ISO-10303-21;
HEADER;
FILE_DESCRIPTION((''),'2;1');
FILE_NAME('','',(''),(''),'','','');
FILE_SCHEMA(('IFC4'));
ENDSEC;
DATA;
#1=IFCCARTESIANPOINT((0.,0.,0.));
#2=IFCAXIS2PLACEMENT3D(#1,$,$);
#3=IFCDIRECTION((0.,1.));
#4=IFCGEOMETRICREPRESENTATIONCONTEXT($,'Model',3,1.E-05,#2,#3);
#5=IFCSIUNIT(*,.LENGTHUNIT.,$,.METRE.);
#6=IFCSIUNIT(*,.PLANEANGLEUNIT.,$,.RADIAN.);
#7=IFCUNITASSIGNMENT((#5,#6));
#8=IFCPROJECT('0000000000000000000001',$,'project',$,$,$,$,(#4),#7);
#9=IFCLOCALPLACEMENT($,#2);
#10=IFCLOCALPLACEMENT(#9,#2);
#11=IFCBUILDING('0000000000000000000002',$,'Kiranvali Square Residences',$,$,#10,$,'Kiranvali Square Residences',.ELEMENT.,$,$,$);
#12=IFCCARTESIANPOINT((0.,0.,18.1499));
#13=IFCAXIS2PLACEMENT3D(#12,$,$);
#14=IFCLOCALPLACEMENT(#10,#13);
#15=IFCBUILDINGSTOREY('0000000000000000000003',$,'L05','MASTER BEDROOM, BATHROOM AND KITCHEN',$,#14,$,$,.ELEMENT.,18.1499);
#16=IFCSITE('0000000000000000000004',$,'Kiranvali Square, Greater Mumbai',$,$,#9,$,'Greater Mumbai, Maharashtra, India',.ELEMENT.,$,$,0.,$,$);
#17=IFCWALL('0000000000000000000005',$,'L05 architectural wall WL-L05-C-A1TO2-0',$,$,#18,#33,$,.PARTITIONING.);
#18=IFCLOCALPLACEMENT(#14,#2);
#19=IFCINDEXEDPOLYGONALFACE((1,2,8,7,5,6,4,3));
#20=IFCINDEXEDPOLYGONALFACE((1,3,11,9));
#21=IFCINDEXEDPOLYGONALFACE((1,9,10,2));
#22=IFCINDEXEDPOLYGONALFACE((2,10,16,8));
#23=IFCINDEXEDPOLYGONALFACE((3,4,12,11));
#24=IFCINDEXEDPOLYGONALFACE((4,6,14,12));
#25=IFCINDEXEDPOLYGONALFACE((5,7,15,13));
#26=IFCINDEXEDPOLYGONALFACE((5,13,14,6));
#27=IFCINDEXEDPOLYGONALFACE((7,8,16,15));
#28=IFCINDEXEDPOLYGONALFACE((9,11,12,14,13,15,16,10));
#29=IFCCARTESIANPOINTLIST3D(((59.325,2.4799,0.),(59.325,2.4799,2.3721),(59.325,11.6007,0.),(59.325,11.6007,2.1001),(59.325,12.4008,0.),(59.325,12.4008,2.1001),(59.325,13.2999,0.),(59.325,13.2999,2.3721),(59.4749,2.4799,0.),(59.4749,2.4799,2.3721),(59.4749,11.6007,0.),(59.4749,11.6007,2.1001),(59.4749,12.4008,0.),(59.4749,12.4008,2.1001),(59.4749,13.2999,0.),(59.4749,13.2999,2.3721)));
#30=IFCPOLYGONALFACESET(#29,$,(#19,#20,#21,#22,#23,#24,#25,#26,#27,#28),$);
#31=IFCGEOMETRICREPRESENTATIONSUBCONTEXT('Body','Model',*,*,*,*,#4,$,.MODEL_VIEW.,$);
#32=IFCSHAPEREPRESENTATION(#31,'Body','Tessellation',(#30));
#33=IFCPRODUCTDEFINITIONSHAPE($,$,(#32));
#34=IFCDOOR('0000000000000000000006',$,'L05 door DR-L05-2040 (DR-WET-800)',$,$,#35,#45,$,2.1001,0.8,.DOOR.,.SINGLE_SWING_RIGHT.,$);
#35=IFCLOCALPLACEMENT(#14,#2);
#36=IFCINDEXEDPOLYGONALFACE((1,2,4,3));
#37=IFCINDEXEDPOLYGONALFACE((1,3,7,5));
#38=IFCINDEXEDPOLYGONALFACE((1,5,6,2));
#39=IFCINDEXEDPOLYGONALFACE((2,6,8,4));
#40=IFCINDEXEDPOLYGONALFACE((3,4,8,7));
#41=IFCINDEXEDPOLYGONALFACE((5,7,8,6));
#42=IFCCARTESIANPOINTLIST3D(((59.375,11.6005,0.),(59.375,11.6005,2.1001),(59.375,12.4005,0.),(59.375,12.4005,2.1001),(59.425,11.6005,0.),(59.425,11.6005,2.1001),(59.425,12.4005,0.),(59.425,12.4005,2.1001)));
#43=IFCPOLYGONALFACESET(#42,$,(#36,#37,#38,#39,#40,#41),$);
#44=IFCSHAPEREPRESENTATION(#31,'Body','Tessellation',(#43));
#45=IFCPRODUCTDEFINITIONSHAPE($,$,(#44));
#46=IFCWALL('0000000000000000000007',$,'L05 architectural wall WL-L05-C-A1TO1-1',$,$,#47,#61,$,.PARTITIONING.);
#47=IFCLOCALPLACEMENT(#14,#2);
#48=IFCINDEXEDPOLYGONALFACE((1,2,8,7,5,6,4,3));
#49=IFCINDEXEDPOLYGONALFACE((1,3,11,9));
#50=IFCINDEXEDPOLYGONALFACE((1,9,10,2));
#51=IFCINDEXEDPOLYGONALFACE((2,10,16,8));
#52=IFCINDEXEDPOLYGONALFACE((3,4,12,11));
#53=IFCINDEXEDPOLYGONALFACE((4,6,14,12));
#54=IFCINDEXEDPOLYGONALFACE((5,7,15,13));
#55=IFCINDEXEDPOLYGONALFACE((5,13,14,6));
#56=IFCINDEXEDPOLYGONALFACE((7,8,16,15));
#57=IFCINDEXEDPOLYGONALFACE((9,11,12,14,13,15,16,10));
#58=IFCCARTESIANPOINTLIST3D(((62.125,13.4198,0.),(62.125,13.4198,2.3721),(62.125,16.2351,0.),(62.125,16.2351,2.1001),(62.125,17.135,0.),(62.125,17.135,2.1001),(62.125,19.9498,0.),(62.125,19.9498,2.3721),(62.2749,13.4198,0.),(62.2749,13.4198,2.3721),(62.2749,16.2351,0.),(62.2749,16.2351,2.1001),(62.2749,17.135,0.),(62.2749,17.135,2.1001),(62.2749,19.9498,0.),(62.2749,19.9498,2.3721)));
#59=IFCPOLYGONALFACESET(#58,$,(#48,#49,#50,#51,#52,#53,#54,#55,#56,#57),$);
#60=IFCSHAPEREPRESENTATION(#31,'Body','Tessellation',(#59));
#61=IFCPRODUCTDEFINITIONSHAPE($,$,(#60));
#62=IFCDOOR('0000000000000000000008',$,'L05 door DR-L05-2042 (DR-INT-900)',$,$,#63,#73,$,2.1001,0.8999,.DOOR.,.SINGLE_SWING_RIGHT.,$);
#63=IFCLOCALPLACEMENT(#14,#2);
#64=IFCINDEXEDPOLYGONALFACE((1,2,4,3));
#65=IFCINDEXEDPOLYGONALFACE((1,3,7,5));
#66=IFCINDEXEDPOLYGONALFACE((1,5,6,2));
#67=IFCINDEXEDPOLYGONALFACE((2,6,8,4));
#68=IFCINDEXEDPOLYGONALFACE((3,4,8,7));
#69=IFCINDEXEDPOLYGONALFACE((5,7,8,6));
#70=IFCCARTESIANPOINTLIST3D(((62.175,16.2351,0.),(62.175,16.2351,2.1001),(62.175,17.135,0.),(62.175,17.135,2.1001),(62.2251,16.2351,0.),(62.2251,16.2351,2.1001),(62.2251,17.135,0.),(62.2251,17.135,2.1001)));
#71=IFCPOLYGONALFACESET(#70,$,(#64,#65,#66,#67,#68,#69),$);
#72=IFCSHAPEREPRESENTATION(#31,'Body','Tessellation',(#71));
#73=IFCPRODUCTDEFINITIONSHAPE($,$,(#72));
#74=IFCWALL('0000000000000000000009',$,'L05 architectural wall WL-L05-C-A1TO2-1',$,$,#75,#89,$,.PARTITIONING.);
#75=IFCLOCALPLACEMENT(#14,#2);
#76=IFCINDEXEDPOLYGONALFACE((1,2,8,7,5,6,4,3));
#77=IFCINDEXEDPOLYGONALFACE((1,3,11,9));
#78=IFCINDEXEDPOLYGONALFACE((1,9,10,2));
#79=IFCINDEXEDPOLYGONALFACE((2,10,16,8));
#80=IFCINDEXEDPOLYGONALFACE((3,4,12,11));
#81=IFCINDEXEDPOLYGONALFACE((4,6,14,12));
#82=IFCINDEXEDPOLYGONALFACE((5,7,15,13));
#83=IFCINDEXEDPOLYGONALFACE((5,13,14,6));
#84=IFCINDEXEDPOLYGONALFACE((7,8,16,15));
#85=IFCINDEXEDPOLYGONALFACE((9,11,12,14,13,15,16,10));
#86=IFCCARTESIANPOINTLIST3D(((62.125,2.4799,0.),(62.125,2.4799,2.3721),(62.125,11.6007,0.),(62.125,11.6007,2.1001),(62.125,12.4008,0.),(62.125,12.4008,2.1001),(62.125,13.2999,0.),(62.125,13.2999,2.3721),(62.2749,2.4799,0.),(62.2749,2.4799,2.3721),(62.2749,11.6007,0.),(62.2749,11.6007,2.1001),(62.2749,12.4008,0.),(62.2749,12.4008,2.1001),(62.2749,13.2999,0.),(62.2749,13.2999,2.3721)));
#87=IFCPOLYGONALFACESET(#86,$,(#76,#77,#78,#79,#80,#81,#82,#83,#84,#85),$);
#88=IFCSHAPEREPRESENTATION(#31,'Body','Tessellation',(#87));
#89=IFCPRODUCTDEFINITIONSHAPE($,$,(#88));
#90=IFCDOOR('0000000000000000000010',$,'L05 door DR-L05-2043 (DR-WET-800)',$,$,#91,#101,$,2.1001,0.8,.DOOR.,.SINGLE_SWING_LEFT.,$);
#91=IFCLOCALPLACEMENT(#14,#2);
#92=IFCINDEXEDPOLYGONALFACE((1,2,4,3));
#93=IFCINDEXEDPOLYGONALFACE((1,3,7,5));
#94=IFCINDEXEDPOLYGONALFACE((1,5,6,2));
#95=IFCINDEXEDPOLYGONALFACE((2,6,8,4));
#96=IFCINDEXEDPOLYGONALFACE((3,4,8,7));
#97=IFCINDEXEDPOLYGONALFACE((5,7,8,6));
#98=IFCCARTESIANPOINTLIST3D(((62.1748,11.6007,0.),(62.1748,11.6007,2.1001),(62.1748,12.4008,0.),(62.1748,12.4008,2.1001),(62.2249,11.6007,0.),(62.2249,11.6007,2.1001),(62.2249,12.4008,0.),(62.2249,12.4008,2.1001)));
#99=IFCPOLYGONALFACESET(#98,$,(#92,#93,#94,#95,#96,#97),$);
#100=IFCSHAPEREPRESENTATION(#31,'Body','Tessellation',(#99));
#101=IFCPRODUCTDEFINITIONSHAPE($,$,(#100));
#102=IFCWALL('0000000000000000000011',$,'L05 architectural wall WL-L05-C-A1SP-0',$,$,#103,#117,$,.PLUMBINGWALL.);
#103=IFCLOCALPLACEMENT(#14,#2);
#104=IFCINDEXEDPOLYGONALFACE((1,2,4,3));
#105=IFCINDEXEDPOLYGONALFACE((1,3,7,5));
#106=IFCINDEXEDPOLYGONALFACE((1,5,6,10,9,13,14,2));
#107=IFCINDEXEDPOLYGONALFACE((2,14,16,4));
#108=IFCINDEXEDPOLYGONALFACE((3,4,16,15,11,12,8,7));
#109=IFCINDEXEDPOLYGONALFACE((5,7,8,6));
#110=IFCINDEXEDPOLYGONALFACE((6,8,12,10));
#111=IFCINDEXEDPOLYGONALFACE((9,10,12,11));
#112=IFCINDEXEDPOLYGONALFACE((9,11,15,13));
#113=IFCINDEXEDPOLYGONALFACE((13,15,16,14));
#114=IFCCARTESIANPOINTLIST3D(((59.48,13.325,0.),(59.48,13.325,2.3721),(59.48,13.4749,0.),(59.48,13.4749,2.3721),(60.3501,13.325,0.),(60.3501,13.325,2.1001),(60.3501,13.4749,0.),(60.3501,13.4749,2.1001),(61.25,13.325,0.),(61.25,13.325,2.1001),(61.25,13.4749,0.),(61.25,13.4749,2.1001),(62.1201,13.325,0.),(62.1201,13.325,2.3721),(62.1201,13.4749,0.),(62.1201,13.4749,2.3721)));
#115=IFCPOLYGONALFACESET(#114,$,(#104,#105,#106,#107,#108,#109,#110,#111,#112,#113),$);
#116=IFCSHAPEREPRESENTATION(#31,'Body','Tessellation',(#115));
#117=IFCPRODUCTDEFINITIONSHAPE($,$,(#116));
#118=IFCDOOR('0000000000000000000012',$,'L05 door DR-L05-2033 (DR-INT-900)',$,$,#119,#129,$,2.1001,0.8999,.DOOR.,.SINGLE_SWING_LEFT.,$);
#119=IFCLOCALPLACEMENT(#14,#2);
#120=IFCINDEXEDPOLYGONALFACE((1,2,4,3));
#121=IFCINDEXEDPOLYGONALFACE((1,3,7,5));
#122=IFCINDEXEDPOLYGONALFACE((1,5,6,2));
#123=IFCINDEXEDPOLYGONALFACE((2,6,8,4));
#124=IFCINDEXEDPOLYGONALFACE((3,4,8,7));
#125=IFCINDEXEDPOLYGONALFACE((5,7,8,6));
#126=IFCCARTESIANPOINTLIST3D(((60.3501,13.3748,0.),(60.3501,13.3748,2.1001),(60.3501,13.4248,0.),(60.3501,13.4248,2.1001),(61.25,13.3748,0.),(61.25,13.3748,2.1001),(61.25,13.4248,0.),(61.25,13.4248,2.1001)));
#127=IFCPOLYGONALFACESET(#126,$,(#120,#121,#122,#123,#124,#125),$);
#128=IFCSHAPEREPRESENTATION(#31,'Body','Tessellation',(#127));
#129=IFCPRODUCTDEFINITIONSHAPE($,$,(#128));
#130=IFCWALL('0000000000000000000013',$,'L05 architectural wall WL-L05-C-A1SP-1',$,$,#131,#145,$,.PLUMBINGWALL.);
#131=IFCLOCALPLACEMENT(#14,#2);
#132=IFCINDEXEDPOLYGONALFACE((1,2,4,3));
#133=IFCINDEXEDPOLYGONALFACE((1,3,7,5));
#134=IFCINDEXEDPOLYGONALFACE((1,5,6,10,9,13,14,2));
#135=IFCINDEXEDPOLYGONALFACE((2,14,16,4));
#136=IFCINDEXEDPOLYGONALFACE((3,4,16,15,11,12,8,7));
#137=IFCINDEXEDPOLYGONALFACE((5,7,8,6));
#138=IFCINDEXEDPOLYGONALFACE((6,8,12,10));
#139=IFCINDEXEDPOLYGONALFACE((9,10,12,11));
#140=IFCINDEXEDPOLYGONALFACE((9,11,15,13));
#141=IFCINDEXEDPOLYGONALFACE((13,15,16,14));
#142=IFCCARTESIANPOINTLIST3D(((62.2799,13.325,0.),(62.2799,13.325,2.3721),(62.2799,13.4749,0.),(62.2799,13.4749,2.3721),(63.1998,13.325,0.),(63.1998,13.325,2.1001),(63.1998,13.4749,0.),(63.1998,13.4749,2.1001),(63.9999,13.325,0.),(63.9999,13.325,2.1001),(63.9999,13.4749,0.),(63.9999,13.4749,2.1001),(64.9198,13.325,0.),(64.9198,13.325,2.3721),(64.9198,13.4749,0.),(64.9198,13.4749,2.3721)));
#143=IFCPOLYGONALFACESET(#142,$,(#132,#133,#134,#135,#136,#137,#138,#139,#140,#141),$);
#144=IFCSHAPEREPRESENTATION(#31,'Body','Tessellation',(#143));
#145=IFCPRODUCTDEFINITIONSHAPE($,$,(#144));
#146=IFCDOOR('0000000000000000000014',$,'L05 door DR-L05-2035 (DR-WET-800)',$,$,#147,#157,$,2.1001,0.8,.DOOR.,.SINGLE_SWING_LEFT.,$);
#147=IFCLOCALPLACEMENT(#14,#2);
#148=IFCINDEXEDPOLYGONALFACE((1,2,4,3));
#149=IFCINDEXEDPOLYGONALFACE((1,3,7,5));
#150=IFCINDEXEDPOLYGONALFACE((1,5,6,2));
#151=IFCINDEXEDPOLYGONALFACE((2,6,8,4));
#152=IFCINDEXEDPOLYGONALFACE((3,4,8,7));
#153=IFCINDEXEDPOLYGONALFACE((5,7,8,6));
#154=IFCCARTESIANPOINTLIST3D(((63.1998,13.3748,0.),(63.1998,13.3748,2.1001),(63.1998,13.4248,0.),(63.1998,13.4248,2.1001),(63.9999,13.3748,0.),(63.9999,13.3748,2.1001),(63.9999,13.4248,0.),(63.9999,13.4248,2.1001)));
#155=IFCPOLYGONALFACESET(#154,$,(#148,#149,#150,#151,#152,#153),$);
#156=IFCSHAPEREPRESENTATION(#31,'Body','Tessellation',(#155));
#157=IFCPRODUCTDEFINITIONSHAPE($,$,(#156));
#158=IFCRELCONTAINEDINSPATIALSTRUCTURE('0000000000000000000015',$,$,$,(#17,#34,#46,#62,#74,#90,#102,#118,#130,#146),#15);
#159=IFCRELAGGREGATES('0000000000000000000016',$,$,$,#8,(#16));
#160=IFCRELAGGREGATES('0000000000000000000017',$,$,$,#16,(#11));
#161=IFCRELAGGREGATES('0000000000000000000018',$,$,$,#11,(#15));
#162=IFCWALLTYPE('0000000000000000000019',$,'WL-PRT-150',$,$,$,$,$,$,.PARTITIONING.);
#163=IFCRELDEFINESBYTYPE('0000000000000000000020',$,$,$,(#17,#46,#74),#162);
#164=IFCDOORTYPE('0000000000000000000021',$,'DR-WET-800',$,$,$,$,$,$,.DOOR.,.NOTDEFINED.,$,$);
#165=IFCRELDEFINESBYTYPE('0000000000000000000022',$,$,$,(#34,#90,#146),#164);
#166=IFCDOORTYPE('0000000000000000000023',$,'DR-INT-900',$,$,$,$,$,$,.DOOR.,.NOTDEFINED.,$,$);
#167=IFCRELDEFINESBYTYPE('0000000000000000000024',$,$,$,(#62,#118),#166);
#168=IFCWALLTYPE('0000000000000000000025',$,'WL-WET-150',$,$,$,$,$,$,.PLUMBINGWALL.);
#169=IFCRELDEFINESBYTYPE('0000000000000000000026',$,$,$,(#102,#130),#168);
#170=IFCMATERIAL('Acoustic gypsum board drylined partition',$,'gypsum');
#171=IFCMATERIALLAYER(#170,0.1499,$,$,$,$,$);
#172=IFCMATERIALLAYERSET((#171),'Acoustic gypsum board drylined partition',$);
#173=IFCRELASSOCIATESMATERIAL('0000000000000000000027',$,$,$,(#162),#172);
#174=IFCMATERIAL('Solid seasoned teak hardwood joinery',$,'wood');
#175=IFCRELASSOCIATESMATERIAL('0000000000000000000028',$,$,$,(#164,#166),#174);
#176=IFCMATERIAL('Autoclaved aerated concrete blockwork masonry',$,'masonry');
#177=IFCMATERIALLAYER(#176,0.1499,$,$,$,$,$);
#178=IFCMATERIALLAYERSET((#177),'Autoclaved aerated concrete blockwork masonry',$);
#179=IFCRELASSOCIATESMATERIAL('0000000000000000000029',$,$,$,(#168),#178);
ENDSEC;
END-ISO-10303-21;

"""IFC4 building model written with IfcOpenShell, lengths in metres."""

from ifc_helpers import new_model, si_unit, direction, frame, frame_2d, origin, place, context, subcontext, project, spatial, rectangle, extrude, material, layer, layer_set, type_object, element, fill, save


model = new_model("IFC4")

# Units and contexts
model_context = context("Model", 3, precision=1e-05, world=origin(), true_north=direction((0.0, 1.0)))
body_context = subcontext(model_context, "Body", "Model", "MODEL_VIEW")
ifc_project = project(units=[si_unit("LENGTHUNIT", "METRE"), si_unit("PLANEANGLEUNIT", "RADIAN")], contexts=[model_context])

# Site, building, storey
site_placement = place(None, origin())
site = spatial("IfcSite", under=ifc_project, at=site_placement, Name="Kiranvali Square, Greater Mumbai", LongName="Greater Mumbai, Maharashtra, India", CompositionType="ELEMENT", RefElevation=0.0)
building_placement = place(site_placement, origin())
building = spatial("IfcBuilding", under=site, at=building_placement, Name="Kiranvali Square Residences", LongName="Kiranvali Square Residences", CompositionType="ELEMENT")
storey_placement = place(building_placement, frame((0.0, 0.0, 18.1499)))
storey = spatial("IfcBuildingStorey", under=building, at=storey_placement, Name="L05", Description="MASTER BEDROOM, BATHROOM AND KITCHEN", CompositionType="ELEMENT", Elevation=18.1499)

# Shared definitions
ifc_material_1 = material(Name="Autoclaved aerated concrete blockwork masonry", Category="masonry")

# Walls, openings, doors
ifc_material_2 = material(Name="Acoustic gypsum board drylined partition", Category="gypsum")
ifc_layer_1 = layer(ifc_material_2, 0.1499)
ifc_layer_set_1 = layer_set([ifc_layer_1], Name="Acoustic gypsum board drylined partition")
wall_type_1 = type_object("IfcWallType", Name="WL-PRT-150", PredefinedType="PARTITIONING", material=ifc_layer_set_1)
wall_1_placement = place(storey_placement, frame((59.3999, 13.3, 0.0), z_axis=(0.0, 0.0, 1.0), x_axis=(0.0, -1.0, 0.0)))
wall_1 = element("IfcWall", 1, at=wall_1_placement, inside=storey, type_object=wall_type_1, Name="L05 architectural wall WL-L05-C-A1TO2-0", PredefinedType="PARTITIONING", context=body_context, shape_type="SweptSolid", body=[
    extrude(rectangle(XDim=10.8201, YDim=0.1499, at=frame_2d((5.4102, 0.0))), origin(), (0.0, 0.0, 1.0), 2.3721),
])
opening_1_placement = place(wall_1_placement, frame((0.8994, 0.0, 0.0)))
opening_1 = element("IfcOpeningElement", 2, at=opening_1_placement, cuts=wall_1, PredefinedType="OPENING", context=body_context, shape_type="SweptSolid", body=[
    extrude(rectangle(XDim=0.8, YDim=2.1001, at=frame_2d((0.3999, 1.05))), frame((0.0, 0.085, 0.0), z_axis=(0.0, -1.0, 0.0), x_axis=(1.0, 0.0, 0.0)), (0.0, 0.0, 1.0), 0.1699),
])
ifc_material_3 = material(Name="Solid seasoned teak hardwood joinery", Category="wood")
door_type_1 = type_object("IfcDoorType", Name="DR-WET-800", OperationType="NOTDEFINED", PredefinedType="DOOR", material=ifc_material_3)
door_1_placement = place(opening_1_placement, frame((0.8, 0.0, 0.0), z_axis=(0.0, 0.0, 1.0), x_axis=(-1.0, 0.0, 0.0)))
door_1 = element("IfcDoor", 3, at=door_1_placement, inside=storey, type_object=door_type_1, Name="L05 door DR-L05-2040 (DR-WET-800)", OperationType="SINGLE_SWING_RIGHT", OverallHeight=2.1001, OverallWidth=0.8, PredefinedType="DOOR", context=body_context, shape_type="SweptSolid", body=[
    extrude(rectangle(XDim=0.8, YDim=2.1001, at=frame_2d((0.3999, 1.05))), frame((0.0, 0.0249, 0.0), z_axis=(0.0, -1.0, 0.0), x_axis=(1.0, 0.0, 0.0)), (0.0, 0.0, 1.0), 0.05),
])
fill(opening_1, door_1)
wall_2_placement = place(storey_placement, frame((62.2, 19.95, 0.0), z_axis=(0.0, 0.0, 1.0), x_axis=(0.0, -1.0, 0.0)))
wall_2 = element("IfcWall", 4, at=wall_2_placement, inside=storey, type_object=wall_type_1, Name="L05 architectural wall WL-L05-C-A1TO1-1", PredefinedType="PARTITIONING", context=body_context, shape_type="SweptSolid", body=[
    extrude(rectangle(XDim=6.53, YDim=0.1499, at=frame_2d((3.2651, 0.0))), origin(), (0.0, 0.0, 1.0), 2.3721),
])
opening_2_placement = place(wall_2_placement, frame((2.8149, 0.0, 0.0)))
opening_2 = element("IfcOpeningElement", 5, at=opening_2_placement, cuts=wall_2, PredefinedType="OPENING", context=body_context, shape_type="SweptSolid", body=[
    extrude(rectangle(XDim=0.8999, YDim=2.1001, at=frame_2d((0.45, 1.05))), frame((0.0, 0.085, 0.0), z_axis=(0.0, -1.0, 0.0), x_axis=(1.0, 0.0, 0.0)), (0.0, 0.0, 1.0), 0.1699),
])
door_type_2 = type_object("IfcDoorType", Name="DR-INT-900", OperationType="NOTDEFINED", PredefinedType="DOOR", material=ifc_material_3)
door_2_placement = place(opening_2_placement, frame((0.8999, 0.0, 0.0), z_axis=(0.0, 0.0, 1.0), x_axis=(-1.0, 0.0, 0.0)))
door_2 = element("IfcDoor", 6, at=door_2_placement, inside=storey, type_object=door_type_2, Name="L05 door DR-L05-2042 (DR-INT-900)", OperationType="SINGLE_SWING_RIGHT", OverallHeight=2.1001, OverallWidth=0.8999, PredefinedType="DOOR", context=body_context, shape_type="SweptSolid", body=[
    extrude(rectangle(XDim=0.8999, YDim=2.1001, at=frame_2d((0.45, 1.05))), frame((0.0, 0.0249, 0.0), z_axis=(0.0, -1.0, 0.0), x_axis=(1.0, 0.0, 0.0)), (0.0, 0.0, 1.0), 0.05),
])
fill(opening_2, door_2)
wall_3_placement = place(storey_placement, frame((62.2, 13.3, 0.0), z_axis=(0.0, 0.0, 1.0), x_axis=(0.0, -1.0, 0.0)))
wall_3 = element("IfcWall", 7, at=wall_3_placement, inside=storey, type_object=wall_type_1, Name="L05 architectural wall WL-L05-C-A1TO2-1", PredefinedType="PARTITIONING", context=body_context, shape_type="SweptSolid", body=[
    extrude(rectangle(XDim=10.8201, YDim=0.1499, at=frame_2d((5.4102, 0.0))), origin(), (0.0, 0.0, 1.0), 2.3721),
])
opening_3_placement = place(wall_3_placement, frame((0.8994, 0.0, 0.0)))
opening_3 = element("IfcOpeningElement", 8, at=opening_3_placement, cuts=wall_3, PredefinedType="OPENING", context=body_context, shape_type="SweptSolid", body=[
    extrude(rectangle(XDim=0.8, YDim=2.1001, at=frame_2d((0.3999, 1.05))), frame((0.0, 0.085, 0.0), z_axis=(0.0, -1.0, 0.0), x_axis=(1.0, 0.0, 0.0)), (0.0, 0.0, 1.0), 0.1699),
])
door_3_placement = place(opening_3_placement, origin())
door_3 = element("IfcDoor", 9, at=door_3_placement, inside=storey, type_object=door_type_1, Name="L05 door DR-L05-2043 (DR-WET-800)", OperationType="SINGLE_SWING_LEFT", OverallHeight=2.1001, OverallWidth=0.8, PredefinedType="DOOR", context=body_context, shape_type="SweptSolid", body=[
    extrude(rectangle(XDim=0.8, YDim=2.1001, at=frame_2d((0.3999, 1.05))), frame((0.0, 0.0249, 0.0), z_axis=(0.0, -1.0, 0.0), x_axis=(1.0, 0.0, 0.0)), (0.0, 0.0, 1.0), 0.05),
])
fill(opening_3, door_3)
ifc_layer_2 = layer(ifc_material_1, 0.1499)
ifc_layer_set_2 = layer_set([ifc_layer_2], Name="Autoclaved aerated concrete blockwork masonry")
wall_type_2 = type_object("IfcWallType", Name="WL-WET-150", PredefinedType="PLUMBINGWALL", material=ifc_layer_set_2)
wall_4_placement = place(storey_placement, frame((59.48, 13.3999, 0.0), z_axis=(0.0, 0.0, 1.0), x_axis=(1.0, 0.0, 0.0)))
wall_4 = element("IfcWall", 10, at=wall_4_placement, inside=storey, type_object=wall_type_2, Name="L05 architectural wall WL-L05-C-A1SP-0", PredefinedType="PLUMBINGWALL", context=body_context, shape_type="SweptSolid", body=[
    extrude(rectangle(XDim=2.6401, YDim=0.1499, at=frame_2d((1.3201, 0.0))), origin(), (0.0, 0.0, 1.0), 2.3721),
])
opening_4_placement = place(wall_4_placement, frame((0.8701, 0.0, 0.0)))
opening_4 = element("IfcOpeningElement", 11, at=opening_4_placement, cuts=wall_4, PredefinedType="OPENING", context=body_context, shape_type="SweptSolid", body=[
    extrude(rectangle(XDim=0.8999, YDim=2.1001, at=frame_2d((0.45, 1.05))), frame((0.0, 0.085, 0.0), z_axis=(0.0, -1.0, 0.0), x_axis=(1.0, 0.0, 0.0)), (0.0, 0.0, 1.0), 0.1699),
])
door_4_placement = place(opening_4_placement, origin())
door_4 = element("IfcDoor", 12, at=door_4_placement, inside=storey, type_object=door_type_2, Name="L05 door DR-L05-2033 (DR-INT-900)", OperationType="SINGLE_SWING_LEFT", OverallHeight=2.1001, OverallWidth=0.8999, PredefinedType="DOOR", context=body_context, shape_type="SweptSolid", body=[
    extrude(rectangle(XDim=0.8999, YDim=2.1001, at=frame_2d((0.45, 1.05))), frame((0.0, 0.0249, 0.0), z_axis=(0.0, -1.0, 0.0), x_axis=(1.0, 0.0, 0.0)), (0.0, 0.0, 1.0), 0.05),
])
fill(opening_4, door_4)
wall_5_placement = place(storey_placement, frame((62.28, 13.3999, 0.0), z_axis=(0.0, 0.0, 1.0), x_axis=(1.0, 0.0, 0.0)))
wall_5 = element("IfcWall", 13, at=wall_5_placement, inside=storey, type_object=wall_type_2, Name="L05 architectural wall WL-L05-C-A1SP-1", PredefinedType="PLUMBINGWALL", context=body_context, shape_type="SweptSolid", body=[
    extrude(rectangle(XDim=2.6399, YDim=0.1499, at=frame_2d((1.3198, 0.0))), origin(), (0.0, 0.0, 1.0), 2.3721),
])
opening_5_placement = place(wall_5_placement, frame((0.9199, 0.0, 0.0)))
opening_5 = element("IfcOpeningElement", 14, at=opening_5_placement, cuts=wall_5, PredefinedType="OPENING", context=body_context, shape_type="SweptSolid", body=[
    extrude(rectangle(XDim=0.8, YDim=2.1001, at=frame_2d((0.3999, 1.05))), frame((0.0, 0.085, 0.0), z_axis=(0.0, -1.0, 0.0), x_axis=(1.0, 0.0, 0.0)), (0.0, 0.0, 1.0), 0.1699),
])
door_5_placement = place(opening_5_placement, origin())
door_5 = element("IfcDoor", 15, at=door_5_placement, inside=storey, type_object=door_type_1, Name="L05 door DR-L05-2035 (DR-WET-800)", OperationType="SINGLE_SWING_LEFT", OverallHeight=2.1001, OverallWidth=0.8, PredefinedType="DOOR", context=body_context, shape_type="SweptSolid", body=[
    extrude(rectangle(XDim=0.8, YDim=2.1001, at=frame_2d((0.3999, 1.05))), frame((0.0, 0.0249, 0.0), z_axis=(0.0, -1.0, 0.0), x_axis=(1.0, 0.0, 0.0)), (0.0, 0.0, 1.0), 0.05),
])
fill(opening_5, door_5)

save(model, "model.ifc")
